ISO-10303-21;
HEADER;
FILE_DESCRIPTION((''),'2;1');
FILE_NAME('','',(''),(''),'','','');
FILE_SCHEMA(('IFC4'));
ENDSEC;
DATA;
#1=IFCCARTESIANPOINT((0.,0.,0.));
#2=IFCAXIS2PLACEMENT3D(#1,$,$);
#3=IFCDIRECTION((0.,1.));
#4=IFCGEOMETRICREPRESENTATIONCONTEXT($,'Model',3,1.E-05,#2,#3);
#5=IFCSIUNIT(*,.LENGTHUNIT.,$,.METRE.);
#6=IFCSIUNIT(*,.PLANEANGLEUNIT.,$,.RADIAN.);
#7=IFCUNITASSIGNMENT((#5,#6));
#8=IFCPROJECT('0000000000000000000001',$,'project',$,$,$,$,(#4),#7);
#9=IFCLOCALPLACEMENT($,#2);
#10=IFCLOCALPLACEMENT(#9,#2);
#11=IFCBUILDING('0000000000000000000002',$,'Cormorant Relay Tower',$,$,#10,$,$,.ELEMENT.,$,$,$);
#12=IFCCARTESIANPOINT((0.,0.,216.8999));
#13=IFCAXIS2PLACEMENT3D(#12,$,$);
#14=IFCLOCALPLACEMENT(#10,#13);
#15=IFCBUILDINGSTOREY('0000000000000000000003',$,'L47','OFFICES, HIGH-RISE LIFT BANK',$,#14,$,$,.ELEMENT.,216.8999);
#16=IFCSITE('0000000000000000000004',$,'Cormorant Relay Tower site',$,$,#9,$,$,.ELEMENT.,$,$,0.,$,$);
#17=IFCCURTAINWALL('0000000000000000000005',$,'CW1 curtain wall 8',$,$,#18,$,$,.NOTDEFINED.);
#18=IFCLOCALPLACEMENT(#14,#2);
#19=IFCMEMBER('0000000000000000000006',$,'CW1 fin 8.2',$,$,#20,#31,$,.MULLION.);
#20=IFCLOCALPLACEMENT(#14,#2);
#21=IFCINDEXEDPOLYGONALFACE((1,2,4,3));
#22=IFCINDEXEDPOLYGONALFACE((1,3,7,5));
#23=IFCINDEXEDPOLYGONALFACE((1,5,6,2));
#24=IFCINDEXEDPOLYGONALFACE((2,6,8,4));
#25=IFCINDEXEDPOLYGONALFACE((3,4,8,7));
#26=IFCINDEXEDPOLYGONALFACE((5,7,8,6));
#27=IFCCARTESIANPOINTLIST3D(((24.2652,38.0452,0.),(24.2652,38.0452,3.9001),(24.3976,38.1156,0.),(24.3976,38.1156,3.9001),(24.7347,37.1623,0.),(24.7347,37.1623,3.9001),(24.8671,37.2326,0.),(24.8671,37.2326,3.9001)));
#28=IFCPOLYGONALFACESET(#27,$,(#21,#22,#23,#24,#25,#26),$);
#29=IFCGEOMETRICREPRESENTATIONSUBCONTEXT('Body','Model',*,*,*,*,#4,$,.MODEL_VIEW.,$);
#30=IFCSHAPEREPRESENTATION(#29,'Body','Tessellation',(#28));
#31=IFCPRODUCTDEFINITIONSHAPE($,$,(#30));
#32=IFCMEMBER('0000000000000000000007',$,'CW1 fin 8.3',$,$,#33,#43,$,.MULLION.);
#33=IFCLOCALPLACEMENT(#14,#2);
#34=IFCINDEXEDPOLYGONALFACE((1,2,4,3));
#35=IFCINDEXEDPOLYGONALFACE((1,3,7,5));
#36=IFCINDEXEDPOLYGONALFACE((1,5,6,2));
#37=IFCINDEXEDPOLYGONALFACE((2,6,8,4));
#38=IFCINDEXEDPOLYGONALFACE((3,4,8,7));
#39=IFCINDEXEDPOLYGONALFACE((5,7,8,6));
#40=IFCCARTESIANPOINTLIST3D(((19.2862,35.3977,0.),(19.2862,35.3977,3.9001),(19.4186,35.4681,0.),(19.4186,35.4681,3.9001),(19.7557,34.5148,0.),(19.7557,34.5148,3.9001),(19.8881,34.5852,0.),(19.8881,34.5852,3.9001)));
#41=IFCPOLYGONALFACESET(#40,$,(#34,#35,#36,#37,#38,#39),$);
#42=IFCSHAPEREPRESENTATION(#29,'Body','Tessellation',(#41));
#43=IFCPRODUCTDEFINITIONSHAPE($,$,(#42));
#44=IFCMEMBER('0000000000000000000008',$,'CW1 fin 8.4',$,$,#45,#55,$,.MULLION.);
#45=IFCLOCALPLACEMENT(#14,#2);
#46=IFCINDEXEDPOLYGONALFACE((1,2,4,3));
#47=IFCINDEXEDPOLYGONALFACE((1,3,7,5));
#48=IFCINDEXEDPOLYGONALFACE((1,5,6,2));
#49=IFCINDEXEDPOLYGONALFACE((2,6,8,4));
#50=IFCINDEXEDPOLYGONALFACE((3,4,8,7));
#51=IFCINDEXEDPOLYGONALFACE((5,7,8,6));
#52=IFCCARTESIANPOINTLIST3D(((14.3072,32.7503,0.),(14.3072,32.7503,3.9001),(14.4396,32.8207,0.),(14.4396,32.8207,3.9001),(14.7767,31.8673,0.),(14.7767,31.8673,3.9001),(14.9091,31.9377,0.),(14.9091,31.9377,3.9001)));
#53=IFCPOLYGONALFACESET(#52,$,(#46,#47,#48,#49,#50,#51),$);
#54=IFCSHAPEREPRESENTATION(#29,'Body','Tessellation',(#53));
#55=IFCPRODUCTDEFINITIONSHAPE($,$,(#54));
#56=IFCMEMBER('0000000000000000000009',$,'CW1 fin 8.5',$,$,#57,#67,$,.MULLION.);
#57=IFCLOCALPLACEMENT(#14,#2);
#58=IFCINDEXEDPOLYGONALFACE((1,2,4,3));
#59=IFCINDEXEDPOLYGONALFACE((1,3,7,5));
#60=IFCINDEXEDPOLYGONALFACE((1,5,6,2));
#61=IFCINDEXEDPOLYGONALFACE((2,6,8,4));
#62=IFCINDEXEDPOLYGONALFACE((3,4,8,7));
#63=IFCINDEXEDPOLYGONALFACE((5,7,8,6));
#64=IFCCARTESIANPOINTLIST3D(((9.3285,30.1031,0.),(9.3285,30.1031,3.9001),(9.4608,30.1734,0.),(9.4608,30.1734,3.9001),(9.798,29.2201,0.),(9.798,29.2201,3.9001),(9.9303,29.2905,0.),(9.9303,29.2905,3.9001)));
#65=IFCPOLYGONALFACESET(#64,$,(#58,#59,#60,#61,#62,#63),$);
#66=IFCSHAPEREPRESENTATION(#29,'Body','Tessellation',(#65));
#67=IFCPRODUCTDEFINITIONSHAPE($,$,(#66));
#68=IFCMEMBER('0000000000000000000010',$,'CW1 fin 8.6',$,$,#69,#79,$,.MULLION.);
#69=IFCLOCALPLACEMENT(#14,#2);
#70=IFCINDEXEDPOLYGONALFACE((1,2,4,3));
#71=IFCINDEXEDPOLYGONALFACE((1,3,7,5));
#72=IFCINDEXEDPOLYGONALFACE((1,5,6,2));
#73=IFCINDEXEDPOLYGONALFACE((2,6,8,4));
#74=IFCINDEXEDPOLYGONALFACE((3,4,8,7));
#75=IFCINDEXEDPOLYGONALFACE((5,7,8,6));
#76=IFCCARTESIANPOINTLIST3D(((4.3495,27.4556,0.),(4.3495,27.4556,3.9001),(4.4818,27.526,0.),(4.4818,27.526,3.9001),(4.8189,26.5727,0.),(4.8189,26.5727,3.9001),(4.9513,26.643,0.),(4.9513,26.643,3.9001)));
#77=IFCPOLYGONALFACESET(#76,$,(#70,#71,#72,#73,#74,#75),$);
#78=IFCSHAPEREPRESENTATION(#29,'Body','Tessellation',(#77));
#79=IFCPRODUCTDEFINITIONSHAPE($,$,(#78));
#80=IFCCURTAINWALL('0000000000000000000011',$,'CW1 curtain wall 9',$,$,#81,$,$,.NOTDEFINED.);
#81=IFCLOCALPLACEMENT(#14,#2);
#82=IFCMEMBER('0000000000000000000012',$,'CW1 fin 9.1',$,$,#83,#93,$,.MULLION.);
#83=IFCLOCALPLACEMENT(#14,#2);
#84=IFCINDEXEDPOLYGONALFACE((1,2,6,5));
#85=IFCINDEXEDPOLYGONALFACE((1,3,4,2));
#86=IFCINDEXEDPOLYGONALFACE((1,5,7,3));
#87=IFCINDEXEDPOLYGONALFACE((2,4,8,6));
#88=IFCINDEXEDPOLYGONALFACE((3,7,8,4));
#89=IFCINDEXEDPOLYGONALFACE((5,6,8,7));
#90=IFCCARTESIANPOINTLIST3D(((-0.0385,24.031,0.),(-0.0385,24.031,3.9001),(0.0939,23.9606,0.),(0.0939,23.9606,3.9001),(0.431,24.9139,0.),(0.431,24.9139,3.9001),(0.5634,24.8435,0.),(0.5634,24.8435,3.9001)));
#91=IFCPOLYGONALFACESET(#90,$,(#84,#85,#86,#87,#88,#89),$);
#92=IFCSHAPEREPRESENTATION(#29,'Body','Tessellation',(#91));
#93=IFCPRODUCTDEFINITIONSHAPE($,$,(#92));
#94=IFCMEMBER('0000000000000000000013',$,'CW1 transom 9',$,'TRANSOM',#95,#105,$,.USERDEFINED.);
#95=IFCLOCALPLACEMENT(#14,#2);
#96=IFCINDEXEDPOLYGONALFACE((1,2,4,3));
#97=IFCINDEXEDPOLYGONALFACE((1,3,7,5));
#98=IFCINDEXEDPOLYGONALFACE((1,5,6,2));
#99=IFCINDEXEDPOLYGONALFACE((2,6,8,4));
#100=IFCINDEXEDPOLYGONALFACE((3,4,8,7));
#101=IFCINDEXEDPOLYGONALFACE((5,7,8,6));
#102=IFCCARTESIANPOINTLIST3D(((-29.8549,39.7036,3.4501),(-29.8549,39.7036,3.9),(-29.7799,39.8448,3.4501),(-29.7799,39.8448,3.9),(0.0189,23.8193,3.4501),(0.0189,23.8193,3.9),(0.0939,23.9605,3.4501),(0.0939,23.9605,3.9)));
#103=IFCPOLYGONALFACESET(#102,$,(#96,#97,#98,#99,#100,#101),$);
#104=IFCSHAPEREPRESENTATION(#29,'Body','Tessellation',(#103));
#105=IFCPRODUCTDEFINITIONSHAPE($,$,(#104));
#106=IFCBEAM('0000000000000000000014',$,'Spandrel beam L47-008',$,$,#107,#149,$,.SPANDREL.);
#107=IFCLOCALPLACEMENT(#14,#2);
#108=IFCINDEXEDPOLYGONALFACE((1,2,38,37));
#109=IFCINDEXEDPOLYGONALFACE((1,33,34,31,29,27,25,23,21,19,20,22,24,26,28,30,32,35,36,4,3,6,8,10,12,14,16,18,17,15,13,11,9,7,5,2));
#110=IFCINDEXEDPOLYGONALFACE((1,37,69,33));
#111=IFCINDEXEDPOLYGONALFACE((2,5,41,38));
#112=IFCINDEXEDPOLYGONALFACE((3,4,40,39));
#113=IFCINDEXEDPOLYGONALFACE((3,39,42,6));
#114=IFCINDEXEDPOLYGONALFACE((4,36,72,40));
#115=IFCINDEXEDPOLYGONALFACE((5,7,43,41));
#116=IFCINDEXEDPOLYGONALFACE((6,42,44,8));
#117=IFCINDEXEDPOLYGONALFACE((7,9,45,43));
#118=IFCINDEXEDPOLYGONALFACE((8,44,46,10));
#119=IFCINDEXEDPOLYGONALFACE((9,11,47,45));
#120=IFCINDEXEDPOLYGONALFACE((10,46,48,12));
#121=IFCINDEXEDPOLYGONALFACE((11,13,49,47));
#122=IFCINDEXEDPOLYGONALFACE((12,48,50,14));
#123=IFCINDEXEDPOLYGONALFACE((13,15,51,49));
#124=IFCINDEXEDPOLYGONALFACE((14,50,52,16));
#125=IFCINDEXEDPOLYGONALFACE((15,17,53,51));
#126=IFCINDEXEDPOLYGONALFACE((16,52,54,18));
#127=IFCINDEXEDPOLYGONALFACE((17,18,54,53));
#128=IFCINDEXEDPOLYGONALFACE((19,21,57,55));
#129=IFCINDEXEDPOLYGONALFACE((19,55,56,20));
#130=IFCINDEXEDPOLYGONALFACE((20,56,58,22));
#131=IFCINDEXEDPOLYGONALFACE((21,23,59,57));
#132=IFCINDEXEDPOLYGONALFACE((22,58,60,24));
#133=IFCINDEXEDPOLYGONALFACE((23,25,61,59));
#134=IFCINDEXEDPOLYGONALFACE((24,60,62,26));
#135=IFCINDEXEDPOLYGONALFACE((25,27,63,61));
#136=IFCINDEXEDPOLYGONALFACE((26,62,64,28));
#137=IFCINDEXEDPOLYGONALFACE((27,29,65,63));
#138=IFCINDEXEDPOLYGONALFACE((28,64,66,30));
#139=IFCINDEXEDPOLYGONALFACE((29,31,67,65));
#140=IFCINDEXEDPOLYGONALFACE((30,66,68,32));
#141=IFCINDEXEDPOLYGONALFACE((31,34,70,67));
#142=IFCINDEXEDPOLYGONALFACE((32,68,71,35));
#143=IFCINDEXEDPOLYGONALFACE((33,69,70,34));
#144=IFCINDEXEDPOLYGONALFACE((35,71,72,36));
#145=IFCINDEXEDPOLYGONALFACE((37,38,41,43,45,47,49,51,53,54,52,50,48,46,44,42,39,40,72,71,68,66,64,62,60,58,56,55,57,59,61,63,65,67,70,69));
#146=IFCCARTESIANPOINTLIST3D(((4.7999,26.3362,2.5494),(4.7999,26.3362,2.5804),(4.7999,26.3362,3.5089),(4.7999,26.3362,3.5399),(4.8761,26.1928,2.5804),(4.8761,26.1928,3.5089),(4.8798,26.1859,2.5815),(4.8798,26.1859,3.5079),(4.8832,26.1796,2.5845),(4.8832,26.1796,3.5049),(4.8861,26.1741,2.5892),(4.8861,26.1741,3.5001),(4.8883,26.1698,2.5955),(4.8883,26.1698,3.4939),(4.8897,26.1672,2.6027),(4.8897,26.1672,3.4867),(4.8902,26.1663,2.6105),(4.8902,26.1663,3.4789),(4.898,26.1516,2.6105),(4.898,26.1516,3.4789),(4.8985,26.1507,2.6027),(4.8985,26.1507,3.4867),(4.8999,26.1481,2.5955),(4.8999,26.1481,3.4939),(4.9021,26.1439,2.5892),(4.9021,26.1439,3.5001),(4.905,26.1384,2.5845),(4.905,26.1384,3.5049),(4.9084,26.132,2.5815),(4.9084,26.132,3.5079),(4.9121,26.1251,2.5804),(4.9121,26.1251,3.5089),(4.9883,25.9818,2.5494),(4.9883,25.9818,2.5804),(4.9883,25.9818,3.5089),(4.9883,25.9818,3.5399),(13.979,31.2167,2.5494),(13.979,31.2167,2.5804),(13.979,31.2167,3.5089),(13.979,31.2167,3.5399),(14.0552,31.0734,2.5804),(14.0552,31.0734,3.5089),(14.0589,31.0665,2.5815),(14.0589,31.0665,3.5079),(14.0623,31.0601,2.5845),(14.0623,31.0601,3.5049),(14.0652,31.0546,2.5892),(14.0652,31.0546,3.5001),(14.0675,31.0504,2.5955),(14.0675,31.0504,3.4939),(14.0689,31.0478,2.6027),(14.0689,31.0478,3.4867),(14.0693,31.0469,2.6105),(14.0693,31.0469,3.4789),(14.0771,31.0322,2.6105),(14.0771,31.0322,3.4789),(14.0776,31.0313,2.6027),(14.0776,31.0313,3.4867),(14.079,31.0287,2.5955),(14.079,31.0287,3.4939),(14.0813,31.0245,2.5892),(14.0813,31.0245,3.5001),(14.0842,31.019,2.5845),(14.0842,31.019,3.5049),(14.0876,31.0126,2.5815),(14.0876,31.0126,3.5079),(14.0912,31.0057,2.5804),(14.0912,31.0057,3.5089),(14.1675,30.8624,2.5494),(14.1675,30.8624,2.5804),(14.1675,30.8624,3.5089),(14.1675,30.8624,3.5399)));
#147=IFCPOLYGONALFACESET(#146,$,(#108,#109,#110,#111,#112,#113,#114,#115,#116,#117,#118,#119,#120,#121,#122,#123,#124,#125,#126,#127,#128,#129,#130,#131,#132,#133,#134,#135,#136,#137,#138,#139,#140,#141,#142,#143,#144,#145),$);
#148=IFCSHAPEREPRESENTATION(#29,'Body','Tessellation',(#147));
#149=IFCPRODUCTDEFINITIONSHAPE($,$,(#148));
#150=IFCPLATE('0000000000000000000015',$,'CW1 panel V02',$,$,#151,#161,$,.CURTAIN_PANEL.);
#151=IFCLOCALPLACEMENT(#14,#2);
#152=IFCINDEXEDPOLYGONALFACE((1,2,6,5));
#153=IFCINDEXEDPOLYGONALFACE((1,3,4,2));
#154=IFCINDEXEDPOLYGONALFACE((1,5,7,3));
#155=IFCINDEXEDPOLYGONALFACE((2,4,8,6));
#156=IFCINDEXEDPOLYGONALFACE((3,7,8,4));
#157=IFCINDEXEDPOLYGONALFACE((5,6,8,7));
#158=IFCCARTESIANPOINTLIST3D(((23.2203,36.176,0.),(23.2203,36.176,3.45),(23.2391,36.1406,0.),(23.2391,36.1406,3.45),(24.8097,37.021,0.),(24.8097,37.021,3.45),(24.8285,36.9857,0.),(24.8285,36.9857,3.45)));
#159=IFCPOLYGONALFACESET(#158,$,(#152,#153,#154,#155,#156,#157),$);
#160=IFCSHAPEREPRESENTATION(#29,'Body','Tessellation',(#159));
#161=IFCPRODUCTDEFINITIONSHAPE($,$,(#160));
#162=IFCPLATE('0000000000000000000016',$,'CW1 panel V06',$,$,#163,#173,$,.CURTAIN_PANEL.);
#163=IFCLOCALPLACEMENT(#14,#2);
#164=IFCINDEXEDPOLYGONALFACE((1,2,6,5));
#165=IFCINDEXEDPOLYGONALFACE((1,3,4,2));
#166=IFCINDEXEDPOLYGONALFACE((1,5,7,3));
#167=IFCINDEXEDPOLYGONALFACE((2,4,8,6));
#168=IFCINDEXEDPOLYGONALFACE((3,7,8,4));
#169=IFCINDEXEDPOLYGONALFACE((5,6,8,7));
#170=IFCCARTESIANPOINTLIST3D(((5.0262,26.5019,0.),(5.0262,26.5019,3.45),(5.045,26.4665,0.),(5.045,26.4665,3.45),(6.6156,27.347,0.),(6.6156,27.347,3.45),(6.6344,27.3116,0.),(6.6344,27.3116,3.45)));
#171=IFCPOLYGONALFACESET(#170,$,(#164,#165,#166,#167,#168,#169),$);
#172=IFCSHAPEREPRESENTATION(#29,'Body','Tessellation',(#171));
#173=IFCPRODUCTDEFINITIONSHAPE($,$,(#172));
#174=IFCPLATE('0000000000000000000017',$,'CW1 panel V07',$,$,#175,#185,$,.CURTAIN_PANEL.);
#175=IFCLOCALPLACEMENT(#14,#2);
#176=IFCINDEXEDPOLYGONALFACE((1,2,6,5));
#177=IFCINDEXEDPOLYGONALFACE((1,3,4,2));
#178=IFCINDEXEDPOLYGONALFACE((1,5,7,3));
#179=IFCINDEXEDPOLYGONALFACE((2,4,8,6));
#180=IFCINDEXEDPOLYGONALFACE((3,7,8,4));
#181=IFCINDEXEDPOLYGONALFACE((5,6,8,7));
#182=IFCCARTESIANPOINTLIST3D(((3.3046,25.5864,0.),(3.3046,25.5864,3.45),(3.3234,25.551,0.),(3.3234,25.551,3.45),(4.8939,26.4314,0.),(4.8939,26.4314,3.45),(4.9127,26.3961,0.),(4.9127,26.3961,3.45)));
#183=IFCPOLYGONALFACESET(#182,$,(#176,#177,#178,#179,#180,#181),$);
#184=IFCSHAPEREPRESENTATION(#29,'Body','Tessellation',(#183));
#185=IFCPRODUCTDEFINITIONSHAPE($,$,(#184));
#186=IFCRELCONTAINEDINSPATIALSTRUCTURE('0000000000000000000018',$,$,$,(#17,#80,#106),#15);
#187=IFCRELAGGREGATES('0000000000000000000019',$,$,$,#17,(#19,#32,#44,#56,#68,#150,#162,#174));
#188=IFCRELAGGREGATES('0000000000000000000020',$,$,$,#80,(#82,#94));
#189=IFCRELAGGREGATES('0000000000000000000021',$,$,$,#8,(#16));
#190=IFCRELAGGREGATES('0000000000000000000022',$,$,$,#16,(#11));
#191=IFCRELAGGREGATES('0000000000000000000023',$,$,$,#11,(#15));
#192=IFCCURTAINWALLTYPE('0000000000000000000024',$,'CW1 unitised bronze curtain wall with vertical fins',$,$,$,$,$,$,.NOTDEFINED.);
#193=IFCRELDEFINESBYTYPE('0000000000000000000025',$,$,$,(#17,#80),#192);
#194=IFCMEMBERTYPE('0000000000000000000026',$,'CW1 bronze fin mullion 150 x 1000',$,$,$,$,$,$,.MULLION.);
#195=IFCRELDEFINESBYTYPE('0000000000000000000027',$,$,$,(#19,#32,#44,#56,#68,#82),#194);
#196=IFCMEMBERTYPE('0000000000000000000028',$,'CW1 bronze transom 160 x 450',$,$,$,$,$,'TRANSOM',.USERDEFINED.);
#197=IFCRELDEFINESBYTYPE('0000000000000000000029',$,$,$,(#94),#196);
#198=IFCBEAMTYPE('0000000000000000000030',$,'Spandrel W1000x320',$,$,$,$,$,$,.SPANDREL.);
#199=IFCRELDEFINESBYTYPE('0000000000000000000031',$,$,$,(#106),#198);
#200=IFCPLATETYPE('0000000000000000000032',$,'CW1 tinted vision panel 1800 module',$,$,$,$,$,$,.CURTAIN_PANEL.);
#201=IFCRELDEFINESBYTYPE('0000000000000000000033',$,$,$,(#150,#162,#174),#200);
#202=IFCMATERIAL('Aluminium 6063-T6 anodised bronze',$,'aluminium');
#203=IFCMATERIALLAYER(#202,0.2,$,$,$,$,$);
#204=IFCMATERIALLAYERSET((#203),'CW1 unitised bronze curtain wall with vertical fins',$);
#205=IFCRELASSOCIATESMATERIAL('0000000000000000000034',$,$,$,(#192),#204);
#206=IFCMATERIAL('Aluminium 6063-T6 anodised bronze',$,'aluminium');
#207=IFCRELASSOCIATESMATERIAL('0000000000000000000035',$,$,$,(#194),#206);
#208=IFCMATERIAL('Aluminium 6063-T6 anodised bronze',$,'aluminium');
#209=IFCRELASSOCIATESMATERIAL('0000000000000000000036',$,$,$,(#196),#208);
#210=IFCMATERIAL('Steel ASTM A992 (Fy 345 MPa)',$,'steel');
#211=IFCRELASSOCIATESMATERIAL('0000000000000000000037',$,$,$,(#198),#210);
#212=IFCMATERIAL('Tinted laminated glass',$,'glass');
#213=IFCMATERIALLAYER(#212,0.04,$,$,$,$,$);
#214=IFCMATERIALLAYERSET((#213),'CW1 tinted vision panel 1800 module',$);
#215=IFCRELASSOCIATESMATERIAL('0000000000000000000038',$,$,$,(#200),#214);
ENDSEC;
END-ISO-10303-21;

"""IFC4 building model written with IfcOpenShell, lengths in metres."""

from ifc_helpers import new_model, si_unit, direction, frame, origin, origin_2d, place, context, subcontext, project, spatial, rectangle, i_section, extrude, material, layer, layer_set, material_profile, profile_set, type_object, element, aggregate, save


model = new_model("IFC4")

# Units and contexts
model_context = context("Model", 3, precision=1e-05, world=origin(), true_north=direction((0.0, 1.0)))
body_context = subcontext(model_context, "Body", "Model", "MODEL_VIEW")
ifc_project = project(units=[si_unit("LENGTHUNIT", "METRE"), si_unit("PLANEANGLEUNIT", "RADIAN")], contexts=[model_context])

# Site, building, storey
site_placement = place(None, origin())
site = spatial("IfcSite", under=ifc_project, at=site_placement, Name="Cormorant Relay Tower site", CompositionType="ELEMENT", RefElevation=0.0)
building_placement = place(site_placement, origin())
building = spatial("IfcBuilding", under=site, at=building_placement, Name="Cormorant Relay Tower", CompositionType="ELEMENT")
storey_placement = place(building_placement, frame((0.0, 0.0, 216.8999)))
storey = spatial("IfcBuildingStorey", under=building, at=storey_placement, Name="L47", Description="OFFICES, HIGH-RISE LIFT BANK", CompositionType="ELEMENT", Elevation=216.8999)

# Curtain walls, members
ifc_material_1 = material(Name="Aluminium 6063-T6 anodised bronze", Category="aluminium")
ifc_layer_1 = layer(ifc_material_1, 0.2)
ifc_layer_set_1 = layer_set([ifc_layer_1], Name="CW1 unitised bronze curtain wall with vertical fins")
curtain_wall_type = type_object("IfcCurtainWallType", Name="CW1 unitised bronze curtain wall with vertical fins", PredefinedType="NOTDEFINED", material=ifc_layer_set_1)
curtain_wall_1_placement = place(storey_placement, origin())
curtain_wall_1 = element("IfcCurtainWall", 1, at=curtain_wall_1_placement, inside=storey, type_object=curtain_wall_type, Name="CW1 curtain wall 8", PredefinedType="NOTDEFINED")
ifc_material_2 = material(Name="Aluminium 6063-T6 anodised bronze", Category="aluminium")
ifc_material_profile_1 = material_profile(ifc_material_2, rectangle(XDim=0.1499, YDim=1.0, at=origin_2d()), Name="AL 150x1000")
ifc_profile_set_1 = profile_set([ifc_material_profile_1], Name="Aluminium 6063-T6 anodised bronze")
member_type_1 = type_object("IfcMemberType", Name="CW1 bronze fin mullion 150 x 1000", PredefinedType="MULLION", material=ifc_profile_set_1)
member_1_placement = place(storey_placement, frame((24.5662, 37.6389, 0.0), z_axis=(0.0, 0.0, 1.0), x_axis=(-0.882948, -0.469472, 0.0)))
member_1 = element("IfcMember", 2, at=member_1_placement, type_object=member_type_1, Name="CW1 fin 8.2", PredefinedType="MULLION", context=body_context, shape_type="SweptSolid", body=[
    extrude(rectangle(XDim=0.1499, YDim=1.0, at=origin_2d()), origin(), (0.0, 0.0, 1.0), 3.9001),
])
member_2_placement = place(storey_placement, frame((19.5872, 34.9915, 0.0), z_axis=(0.0, 0.0, 1.0), x_axis=(-0.882948, -0.469472, 0.0)))
member_2 = element("IfcMember", 3, at=member_2_placement, type_object=member_type_1, Name="CW1 fin 8.3", PredefinedType="MULLION", context=body_context, shape_type="SweptSolid", body=[
    extrude(rectangle(XDim=0.1499, YDim=1.0, at=origin_2d()), origin(), (0.0, 0.0, 1.0), 3.9001),
])
member_3_placement = place(storey_placement, frame((14.6082, 32.344, 0.0), z_axis=(0.0, 0.0, 1.0), x_axis=(-0.882948, -0.469472, 0.0)))
member_3 = element("IfcMember", 4, at=member_3_placement, type_object=member_type_1, Name="CW1 fin 8.4", PredefinedType="MULLION", context=body_context, shape_type="SweptSolid", body=[
    extrude(rectangle(XDim=0.1499, YDim=1.0, at=origin_2d()), origin(), (0.0, 0.0, 1.0), 3.9001),
])
member_4_placement = place(storey_placement, frame((9.6294, 29.6968, 0.0), z_axis=(0.0, 0.0, 1.0), x_axis=(-0.882948, -0.469472, 0.0)))
member_4 = element("IfcMember", 5, at=member_4_placement, type_object=member_type_1, Name="CW1 fin 8.5", PredefinedType="MULLION", context=body_context, shape_type="SweptSolid", body=[
    extrude(rectangle(XDim=0.1499, YDim=1.0, at=origin_2d()), origin(), (0.0, 0.0, 1.0), 3.9001),
])
member_5_placement = place(storey_placement, frame((4.6504, 27.0493, 0.0), z_axis=(0.0, 0.0, 1.0), x_axis=(-0.882948, -0.469472, 0.0)))
member_5 = element("IfcMember", 6, at=member_5_placement, type_object=member_type_1, Name="CW1 fin 8.6", PredefinedType="MULLION", context=body_context, shape_type="SweptSolid", body=[
    extrude(rectangle(XDim=0.1499, YDim=1.0, at=origin_2d()), origin(), (0.0, 0.0, 1.0), 3.9001),
])
curtain_wall_2_placement = place(storey_placement, origin())
curtain_wall_2 = element("IfcCurtainWall", 7, at=curtain_wall_2_placement, inside=storey, type_object=curtain_wall_type, Name="CW1 curtain wall 9", PredefinedType="NOTDEFINED")
member_6_placement = place(storey_placement, frame((0.2625, 24.4373, 0.0), z_axis=(0.0, 0.0, 1.0), x_axis=(-0.882948, 0.469472, 0.0)))
member_6 = element("IfcMember", 8, at=member_6_placement, type_object=member_type_1, Name="CW1 fin 9.1", PredefinedType="MULLION", context=body_context, shape_type="SweptSolid", body=[
    extrude(rectangle(XDim=0.1499, YDim=1.0, at=origin_2d()), origin(), (0.0, 0.0, 1.0), 3.9001),
])
ifc_material_3 = material(Name="Aluminium 6063-T6 anodised bronze", Category="aluminium")
ifc_material_profile_2 = material_profile(ifc_material_3, rectangle(XDim=0.1599, YDim=0.45, at=origin_2d()), Name="AL 160x450")
ifc_profile_set_2 = profile_set([ifc_material_profile_2], Name="Aluminium 6063-T6 anodised bronze")
member_type_2 = type_object("IfcMemberType", Name="CW1 bronze transom 160 x 450", ElementType="TRANSOM", PredefinedType="USERDEFINED", material=ifc_profile_set_2)
member_7_placement = place(storey_placement, frame((0.0564, 23.8899, 3.675), z_axis=(-0.882946, 0.469474, 0.0), x_axis=(-0.469474, -0.882946, 0.0)))
member_7 = element("IfcMember", 9, at=member_7_placement, type_object=member_type_2, Name="CW1 transom 9", ObjectType="TRANSOM", PredefinedType="USERDEFINED", context=body_context, shape_type="SweptSolid", body=[
    extrude(rectangle(XDim=0.1599, YDim=0.45, at=origin_2d()), origin(), (0.0, 0.0, 1.0), 33.8342),
])

# Beam
ifc_material_4 = material(Name="Steel ASTM A992 (Fy 345 MPa)", Category="steel")
ifc_material_profile_3 = material_profile(ifc_material_4, i_section(OverallWidth=0.4014, OverallDepth=0.9905, WebThickness=0.0166, FlangeThickness=0.031, FilletRadius=0.03, at=origin_2d()), Name="W1000x320")
ifc_profile_set_3 = profile_set([ifc_material_profile_3], Name="Steel ASTM A992 (Fy 345 MPa)")
beam_type = type_object("IfcBeamType", Name="Spandrel W1000x320", PredefinedType="SPANDREL", material=ifc_profile_set_3)
beam_placement = place(storey_placement, frame((14.0732, 31.0396, 3.0447), z_axis=(-0.88295, -0.469468, 0.0), x_axis=(0.469468, -0.88295, 0.0)))
element("IfcBeam", 10, at=beam_placement, inside=storey, type_object=beam_type, Name="Spandrel beam L47-008", PredefinedType="SPANDREL", context=body_context, shape_type="SweptSolid", body=[
    extrude(i_section(OverallWidth=0.4014, OverallDepth=0.9905, WebThickness=0.0166, FlangeThickness=0.031, FilletRadius=0.03, at=origin_2d()), origin(), (0.0, 0.0, 1.0), 10.396),
])

# Plates
ifc_material_5 = material(Name="Tinted laminated glass", Category="glass")
ifc_layer_2 = layer(ifc_material_5, 0.04)
ifc_layer_set_2 = layer_set([ifc_layer_2], Name="CW1 tinted vision panel 1800 module")
plate_type_1 = type_object("IfcPlateType", Name="CW1 tinted vision panel 1800 module", PredefinedType="CURTAIN_PANEL", material=ifc_layer_set_2)
plate_1_placement = place(storey_placement, frame((24.0244, 36.5808, 0.0), z_axis=(0.0, 0.0, 1.0), x_axis=(-0.882948, -0.469472, 0.0)))
plate_1 = element("IfcPlate", 11, at=plate_1_placement, type_object=plate_type_1, Name="CW1 panel V02", PredefinedType="CURTAIN_PANEL", context=body_context, shape_type="SweptSolid", body=[
    extrude(rectangle(XDim=1.8, YDim=0.04, at=origin_2d()), origin(), (0.0, 0.0, 1.0), 3.45),
])
plate_2_placement = place(storey_placement, frame((5.8303, 26.9067, 0.0), z_axis=(0.0, 0.0, 1.0), x_axis=(-0.882948, -0.469472, 0.0)))
plate_2 = element("IfcPlate", 12, at=plate_2_placement, type_object=plate_type_1, Name="CW1 panel V06", PredefinedType="CURTAIN_PANEL", context=body_context, shape_type="SweptSolid", body=[
    extrude(rectangle(XDim=1.8, YDim=0.04, at=origin_2d()), origin(), (0.0, 0.0, 1.0), 3.45),
])
plate_3_placement = place(storey_placement, frame((4.1086, 25.9912, 0.0), z_axis=(0.0, 0.0, 1.0), x_axis=(-0.882948, -0.469472, 0.0)))
plate_3 = element("IfcPlate", 13, at=plate_3_placement, type_object=plate_type_1, Name="CW1 panel V07", PredefinedType="CURTAIN_PANEL", context=body_context, shape_type="SweptSolid", body=[
    extrude(rectangle(XDim=1.8, YDim=0.04, at=origin_2d()), origin(), (0.0, 0.0, 1.0), 3.45),
])

aggregate(curtain_wall_1, [member_1, member_2, member_3, member_4, member_5, plate_1, plate_2, plate_3])
aggregate(curtain_wall_2, [member_6, member_7])

save(model, "model.ifc")
